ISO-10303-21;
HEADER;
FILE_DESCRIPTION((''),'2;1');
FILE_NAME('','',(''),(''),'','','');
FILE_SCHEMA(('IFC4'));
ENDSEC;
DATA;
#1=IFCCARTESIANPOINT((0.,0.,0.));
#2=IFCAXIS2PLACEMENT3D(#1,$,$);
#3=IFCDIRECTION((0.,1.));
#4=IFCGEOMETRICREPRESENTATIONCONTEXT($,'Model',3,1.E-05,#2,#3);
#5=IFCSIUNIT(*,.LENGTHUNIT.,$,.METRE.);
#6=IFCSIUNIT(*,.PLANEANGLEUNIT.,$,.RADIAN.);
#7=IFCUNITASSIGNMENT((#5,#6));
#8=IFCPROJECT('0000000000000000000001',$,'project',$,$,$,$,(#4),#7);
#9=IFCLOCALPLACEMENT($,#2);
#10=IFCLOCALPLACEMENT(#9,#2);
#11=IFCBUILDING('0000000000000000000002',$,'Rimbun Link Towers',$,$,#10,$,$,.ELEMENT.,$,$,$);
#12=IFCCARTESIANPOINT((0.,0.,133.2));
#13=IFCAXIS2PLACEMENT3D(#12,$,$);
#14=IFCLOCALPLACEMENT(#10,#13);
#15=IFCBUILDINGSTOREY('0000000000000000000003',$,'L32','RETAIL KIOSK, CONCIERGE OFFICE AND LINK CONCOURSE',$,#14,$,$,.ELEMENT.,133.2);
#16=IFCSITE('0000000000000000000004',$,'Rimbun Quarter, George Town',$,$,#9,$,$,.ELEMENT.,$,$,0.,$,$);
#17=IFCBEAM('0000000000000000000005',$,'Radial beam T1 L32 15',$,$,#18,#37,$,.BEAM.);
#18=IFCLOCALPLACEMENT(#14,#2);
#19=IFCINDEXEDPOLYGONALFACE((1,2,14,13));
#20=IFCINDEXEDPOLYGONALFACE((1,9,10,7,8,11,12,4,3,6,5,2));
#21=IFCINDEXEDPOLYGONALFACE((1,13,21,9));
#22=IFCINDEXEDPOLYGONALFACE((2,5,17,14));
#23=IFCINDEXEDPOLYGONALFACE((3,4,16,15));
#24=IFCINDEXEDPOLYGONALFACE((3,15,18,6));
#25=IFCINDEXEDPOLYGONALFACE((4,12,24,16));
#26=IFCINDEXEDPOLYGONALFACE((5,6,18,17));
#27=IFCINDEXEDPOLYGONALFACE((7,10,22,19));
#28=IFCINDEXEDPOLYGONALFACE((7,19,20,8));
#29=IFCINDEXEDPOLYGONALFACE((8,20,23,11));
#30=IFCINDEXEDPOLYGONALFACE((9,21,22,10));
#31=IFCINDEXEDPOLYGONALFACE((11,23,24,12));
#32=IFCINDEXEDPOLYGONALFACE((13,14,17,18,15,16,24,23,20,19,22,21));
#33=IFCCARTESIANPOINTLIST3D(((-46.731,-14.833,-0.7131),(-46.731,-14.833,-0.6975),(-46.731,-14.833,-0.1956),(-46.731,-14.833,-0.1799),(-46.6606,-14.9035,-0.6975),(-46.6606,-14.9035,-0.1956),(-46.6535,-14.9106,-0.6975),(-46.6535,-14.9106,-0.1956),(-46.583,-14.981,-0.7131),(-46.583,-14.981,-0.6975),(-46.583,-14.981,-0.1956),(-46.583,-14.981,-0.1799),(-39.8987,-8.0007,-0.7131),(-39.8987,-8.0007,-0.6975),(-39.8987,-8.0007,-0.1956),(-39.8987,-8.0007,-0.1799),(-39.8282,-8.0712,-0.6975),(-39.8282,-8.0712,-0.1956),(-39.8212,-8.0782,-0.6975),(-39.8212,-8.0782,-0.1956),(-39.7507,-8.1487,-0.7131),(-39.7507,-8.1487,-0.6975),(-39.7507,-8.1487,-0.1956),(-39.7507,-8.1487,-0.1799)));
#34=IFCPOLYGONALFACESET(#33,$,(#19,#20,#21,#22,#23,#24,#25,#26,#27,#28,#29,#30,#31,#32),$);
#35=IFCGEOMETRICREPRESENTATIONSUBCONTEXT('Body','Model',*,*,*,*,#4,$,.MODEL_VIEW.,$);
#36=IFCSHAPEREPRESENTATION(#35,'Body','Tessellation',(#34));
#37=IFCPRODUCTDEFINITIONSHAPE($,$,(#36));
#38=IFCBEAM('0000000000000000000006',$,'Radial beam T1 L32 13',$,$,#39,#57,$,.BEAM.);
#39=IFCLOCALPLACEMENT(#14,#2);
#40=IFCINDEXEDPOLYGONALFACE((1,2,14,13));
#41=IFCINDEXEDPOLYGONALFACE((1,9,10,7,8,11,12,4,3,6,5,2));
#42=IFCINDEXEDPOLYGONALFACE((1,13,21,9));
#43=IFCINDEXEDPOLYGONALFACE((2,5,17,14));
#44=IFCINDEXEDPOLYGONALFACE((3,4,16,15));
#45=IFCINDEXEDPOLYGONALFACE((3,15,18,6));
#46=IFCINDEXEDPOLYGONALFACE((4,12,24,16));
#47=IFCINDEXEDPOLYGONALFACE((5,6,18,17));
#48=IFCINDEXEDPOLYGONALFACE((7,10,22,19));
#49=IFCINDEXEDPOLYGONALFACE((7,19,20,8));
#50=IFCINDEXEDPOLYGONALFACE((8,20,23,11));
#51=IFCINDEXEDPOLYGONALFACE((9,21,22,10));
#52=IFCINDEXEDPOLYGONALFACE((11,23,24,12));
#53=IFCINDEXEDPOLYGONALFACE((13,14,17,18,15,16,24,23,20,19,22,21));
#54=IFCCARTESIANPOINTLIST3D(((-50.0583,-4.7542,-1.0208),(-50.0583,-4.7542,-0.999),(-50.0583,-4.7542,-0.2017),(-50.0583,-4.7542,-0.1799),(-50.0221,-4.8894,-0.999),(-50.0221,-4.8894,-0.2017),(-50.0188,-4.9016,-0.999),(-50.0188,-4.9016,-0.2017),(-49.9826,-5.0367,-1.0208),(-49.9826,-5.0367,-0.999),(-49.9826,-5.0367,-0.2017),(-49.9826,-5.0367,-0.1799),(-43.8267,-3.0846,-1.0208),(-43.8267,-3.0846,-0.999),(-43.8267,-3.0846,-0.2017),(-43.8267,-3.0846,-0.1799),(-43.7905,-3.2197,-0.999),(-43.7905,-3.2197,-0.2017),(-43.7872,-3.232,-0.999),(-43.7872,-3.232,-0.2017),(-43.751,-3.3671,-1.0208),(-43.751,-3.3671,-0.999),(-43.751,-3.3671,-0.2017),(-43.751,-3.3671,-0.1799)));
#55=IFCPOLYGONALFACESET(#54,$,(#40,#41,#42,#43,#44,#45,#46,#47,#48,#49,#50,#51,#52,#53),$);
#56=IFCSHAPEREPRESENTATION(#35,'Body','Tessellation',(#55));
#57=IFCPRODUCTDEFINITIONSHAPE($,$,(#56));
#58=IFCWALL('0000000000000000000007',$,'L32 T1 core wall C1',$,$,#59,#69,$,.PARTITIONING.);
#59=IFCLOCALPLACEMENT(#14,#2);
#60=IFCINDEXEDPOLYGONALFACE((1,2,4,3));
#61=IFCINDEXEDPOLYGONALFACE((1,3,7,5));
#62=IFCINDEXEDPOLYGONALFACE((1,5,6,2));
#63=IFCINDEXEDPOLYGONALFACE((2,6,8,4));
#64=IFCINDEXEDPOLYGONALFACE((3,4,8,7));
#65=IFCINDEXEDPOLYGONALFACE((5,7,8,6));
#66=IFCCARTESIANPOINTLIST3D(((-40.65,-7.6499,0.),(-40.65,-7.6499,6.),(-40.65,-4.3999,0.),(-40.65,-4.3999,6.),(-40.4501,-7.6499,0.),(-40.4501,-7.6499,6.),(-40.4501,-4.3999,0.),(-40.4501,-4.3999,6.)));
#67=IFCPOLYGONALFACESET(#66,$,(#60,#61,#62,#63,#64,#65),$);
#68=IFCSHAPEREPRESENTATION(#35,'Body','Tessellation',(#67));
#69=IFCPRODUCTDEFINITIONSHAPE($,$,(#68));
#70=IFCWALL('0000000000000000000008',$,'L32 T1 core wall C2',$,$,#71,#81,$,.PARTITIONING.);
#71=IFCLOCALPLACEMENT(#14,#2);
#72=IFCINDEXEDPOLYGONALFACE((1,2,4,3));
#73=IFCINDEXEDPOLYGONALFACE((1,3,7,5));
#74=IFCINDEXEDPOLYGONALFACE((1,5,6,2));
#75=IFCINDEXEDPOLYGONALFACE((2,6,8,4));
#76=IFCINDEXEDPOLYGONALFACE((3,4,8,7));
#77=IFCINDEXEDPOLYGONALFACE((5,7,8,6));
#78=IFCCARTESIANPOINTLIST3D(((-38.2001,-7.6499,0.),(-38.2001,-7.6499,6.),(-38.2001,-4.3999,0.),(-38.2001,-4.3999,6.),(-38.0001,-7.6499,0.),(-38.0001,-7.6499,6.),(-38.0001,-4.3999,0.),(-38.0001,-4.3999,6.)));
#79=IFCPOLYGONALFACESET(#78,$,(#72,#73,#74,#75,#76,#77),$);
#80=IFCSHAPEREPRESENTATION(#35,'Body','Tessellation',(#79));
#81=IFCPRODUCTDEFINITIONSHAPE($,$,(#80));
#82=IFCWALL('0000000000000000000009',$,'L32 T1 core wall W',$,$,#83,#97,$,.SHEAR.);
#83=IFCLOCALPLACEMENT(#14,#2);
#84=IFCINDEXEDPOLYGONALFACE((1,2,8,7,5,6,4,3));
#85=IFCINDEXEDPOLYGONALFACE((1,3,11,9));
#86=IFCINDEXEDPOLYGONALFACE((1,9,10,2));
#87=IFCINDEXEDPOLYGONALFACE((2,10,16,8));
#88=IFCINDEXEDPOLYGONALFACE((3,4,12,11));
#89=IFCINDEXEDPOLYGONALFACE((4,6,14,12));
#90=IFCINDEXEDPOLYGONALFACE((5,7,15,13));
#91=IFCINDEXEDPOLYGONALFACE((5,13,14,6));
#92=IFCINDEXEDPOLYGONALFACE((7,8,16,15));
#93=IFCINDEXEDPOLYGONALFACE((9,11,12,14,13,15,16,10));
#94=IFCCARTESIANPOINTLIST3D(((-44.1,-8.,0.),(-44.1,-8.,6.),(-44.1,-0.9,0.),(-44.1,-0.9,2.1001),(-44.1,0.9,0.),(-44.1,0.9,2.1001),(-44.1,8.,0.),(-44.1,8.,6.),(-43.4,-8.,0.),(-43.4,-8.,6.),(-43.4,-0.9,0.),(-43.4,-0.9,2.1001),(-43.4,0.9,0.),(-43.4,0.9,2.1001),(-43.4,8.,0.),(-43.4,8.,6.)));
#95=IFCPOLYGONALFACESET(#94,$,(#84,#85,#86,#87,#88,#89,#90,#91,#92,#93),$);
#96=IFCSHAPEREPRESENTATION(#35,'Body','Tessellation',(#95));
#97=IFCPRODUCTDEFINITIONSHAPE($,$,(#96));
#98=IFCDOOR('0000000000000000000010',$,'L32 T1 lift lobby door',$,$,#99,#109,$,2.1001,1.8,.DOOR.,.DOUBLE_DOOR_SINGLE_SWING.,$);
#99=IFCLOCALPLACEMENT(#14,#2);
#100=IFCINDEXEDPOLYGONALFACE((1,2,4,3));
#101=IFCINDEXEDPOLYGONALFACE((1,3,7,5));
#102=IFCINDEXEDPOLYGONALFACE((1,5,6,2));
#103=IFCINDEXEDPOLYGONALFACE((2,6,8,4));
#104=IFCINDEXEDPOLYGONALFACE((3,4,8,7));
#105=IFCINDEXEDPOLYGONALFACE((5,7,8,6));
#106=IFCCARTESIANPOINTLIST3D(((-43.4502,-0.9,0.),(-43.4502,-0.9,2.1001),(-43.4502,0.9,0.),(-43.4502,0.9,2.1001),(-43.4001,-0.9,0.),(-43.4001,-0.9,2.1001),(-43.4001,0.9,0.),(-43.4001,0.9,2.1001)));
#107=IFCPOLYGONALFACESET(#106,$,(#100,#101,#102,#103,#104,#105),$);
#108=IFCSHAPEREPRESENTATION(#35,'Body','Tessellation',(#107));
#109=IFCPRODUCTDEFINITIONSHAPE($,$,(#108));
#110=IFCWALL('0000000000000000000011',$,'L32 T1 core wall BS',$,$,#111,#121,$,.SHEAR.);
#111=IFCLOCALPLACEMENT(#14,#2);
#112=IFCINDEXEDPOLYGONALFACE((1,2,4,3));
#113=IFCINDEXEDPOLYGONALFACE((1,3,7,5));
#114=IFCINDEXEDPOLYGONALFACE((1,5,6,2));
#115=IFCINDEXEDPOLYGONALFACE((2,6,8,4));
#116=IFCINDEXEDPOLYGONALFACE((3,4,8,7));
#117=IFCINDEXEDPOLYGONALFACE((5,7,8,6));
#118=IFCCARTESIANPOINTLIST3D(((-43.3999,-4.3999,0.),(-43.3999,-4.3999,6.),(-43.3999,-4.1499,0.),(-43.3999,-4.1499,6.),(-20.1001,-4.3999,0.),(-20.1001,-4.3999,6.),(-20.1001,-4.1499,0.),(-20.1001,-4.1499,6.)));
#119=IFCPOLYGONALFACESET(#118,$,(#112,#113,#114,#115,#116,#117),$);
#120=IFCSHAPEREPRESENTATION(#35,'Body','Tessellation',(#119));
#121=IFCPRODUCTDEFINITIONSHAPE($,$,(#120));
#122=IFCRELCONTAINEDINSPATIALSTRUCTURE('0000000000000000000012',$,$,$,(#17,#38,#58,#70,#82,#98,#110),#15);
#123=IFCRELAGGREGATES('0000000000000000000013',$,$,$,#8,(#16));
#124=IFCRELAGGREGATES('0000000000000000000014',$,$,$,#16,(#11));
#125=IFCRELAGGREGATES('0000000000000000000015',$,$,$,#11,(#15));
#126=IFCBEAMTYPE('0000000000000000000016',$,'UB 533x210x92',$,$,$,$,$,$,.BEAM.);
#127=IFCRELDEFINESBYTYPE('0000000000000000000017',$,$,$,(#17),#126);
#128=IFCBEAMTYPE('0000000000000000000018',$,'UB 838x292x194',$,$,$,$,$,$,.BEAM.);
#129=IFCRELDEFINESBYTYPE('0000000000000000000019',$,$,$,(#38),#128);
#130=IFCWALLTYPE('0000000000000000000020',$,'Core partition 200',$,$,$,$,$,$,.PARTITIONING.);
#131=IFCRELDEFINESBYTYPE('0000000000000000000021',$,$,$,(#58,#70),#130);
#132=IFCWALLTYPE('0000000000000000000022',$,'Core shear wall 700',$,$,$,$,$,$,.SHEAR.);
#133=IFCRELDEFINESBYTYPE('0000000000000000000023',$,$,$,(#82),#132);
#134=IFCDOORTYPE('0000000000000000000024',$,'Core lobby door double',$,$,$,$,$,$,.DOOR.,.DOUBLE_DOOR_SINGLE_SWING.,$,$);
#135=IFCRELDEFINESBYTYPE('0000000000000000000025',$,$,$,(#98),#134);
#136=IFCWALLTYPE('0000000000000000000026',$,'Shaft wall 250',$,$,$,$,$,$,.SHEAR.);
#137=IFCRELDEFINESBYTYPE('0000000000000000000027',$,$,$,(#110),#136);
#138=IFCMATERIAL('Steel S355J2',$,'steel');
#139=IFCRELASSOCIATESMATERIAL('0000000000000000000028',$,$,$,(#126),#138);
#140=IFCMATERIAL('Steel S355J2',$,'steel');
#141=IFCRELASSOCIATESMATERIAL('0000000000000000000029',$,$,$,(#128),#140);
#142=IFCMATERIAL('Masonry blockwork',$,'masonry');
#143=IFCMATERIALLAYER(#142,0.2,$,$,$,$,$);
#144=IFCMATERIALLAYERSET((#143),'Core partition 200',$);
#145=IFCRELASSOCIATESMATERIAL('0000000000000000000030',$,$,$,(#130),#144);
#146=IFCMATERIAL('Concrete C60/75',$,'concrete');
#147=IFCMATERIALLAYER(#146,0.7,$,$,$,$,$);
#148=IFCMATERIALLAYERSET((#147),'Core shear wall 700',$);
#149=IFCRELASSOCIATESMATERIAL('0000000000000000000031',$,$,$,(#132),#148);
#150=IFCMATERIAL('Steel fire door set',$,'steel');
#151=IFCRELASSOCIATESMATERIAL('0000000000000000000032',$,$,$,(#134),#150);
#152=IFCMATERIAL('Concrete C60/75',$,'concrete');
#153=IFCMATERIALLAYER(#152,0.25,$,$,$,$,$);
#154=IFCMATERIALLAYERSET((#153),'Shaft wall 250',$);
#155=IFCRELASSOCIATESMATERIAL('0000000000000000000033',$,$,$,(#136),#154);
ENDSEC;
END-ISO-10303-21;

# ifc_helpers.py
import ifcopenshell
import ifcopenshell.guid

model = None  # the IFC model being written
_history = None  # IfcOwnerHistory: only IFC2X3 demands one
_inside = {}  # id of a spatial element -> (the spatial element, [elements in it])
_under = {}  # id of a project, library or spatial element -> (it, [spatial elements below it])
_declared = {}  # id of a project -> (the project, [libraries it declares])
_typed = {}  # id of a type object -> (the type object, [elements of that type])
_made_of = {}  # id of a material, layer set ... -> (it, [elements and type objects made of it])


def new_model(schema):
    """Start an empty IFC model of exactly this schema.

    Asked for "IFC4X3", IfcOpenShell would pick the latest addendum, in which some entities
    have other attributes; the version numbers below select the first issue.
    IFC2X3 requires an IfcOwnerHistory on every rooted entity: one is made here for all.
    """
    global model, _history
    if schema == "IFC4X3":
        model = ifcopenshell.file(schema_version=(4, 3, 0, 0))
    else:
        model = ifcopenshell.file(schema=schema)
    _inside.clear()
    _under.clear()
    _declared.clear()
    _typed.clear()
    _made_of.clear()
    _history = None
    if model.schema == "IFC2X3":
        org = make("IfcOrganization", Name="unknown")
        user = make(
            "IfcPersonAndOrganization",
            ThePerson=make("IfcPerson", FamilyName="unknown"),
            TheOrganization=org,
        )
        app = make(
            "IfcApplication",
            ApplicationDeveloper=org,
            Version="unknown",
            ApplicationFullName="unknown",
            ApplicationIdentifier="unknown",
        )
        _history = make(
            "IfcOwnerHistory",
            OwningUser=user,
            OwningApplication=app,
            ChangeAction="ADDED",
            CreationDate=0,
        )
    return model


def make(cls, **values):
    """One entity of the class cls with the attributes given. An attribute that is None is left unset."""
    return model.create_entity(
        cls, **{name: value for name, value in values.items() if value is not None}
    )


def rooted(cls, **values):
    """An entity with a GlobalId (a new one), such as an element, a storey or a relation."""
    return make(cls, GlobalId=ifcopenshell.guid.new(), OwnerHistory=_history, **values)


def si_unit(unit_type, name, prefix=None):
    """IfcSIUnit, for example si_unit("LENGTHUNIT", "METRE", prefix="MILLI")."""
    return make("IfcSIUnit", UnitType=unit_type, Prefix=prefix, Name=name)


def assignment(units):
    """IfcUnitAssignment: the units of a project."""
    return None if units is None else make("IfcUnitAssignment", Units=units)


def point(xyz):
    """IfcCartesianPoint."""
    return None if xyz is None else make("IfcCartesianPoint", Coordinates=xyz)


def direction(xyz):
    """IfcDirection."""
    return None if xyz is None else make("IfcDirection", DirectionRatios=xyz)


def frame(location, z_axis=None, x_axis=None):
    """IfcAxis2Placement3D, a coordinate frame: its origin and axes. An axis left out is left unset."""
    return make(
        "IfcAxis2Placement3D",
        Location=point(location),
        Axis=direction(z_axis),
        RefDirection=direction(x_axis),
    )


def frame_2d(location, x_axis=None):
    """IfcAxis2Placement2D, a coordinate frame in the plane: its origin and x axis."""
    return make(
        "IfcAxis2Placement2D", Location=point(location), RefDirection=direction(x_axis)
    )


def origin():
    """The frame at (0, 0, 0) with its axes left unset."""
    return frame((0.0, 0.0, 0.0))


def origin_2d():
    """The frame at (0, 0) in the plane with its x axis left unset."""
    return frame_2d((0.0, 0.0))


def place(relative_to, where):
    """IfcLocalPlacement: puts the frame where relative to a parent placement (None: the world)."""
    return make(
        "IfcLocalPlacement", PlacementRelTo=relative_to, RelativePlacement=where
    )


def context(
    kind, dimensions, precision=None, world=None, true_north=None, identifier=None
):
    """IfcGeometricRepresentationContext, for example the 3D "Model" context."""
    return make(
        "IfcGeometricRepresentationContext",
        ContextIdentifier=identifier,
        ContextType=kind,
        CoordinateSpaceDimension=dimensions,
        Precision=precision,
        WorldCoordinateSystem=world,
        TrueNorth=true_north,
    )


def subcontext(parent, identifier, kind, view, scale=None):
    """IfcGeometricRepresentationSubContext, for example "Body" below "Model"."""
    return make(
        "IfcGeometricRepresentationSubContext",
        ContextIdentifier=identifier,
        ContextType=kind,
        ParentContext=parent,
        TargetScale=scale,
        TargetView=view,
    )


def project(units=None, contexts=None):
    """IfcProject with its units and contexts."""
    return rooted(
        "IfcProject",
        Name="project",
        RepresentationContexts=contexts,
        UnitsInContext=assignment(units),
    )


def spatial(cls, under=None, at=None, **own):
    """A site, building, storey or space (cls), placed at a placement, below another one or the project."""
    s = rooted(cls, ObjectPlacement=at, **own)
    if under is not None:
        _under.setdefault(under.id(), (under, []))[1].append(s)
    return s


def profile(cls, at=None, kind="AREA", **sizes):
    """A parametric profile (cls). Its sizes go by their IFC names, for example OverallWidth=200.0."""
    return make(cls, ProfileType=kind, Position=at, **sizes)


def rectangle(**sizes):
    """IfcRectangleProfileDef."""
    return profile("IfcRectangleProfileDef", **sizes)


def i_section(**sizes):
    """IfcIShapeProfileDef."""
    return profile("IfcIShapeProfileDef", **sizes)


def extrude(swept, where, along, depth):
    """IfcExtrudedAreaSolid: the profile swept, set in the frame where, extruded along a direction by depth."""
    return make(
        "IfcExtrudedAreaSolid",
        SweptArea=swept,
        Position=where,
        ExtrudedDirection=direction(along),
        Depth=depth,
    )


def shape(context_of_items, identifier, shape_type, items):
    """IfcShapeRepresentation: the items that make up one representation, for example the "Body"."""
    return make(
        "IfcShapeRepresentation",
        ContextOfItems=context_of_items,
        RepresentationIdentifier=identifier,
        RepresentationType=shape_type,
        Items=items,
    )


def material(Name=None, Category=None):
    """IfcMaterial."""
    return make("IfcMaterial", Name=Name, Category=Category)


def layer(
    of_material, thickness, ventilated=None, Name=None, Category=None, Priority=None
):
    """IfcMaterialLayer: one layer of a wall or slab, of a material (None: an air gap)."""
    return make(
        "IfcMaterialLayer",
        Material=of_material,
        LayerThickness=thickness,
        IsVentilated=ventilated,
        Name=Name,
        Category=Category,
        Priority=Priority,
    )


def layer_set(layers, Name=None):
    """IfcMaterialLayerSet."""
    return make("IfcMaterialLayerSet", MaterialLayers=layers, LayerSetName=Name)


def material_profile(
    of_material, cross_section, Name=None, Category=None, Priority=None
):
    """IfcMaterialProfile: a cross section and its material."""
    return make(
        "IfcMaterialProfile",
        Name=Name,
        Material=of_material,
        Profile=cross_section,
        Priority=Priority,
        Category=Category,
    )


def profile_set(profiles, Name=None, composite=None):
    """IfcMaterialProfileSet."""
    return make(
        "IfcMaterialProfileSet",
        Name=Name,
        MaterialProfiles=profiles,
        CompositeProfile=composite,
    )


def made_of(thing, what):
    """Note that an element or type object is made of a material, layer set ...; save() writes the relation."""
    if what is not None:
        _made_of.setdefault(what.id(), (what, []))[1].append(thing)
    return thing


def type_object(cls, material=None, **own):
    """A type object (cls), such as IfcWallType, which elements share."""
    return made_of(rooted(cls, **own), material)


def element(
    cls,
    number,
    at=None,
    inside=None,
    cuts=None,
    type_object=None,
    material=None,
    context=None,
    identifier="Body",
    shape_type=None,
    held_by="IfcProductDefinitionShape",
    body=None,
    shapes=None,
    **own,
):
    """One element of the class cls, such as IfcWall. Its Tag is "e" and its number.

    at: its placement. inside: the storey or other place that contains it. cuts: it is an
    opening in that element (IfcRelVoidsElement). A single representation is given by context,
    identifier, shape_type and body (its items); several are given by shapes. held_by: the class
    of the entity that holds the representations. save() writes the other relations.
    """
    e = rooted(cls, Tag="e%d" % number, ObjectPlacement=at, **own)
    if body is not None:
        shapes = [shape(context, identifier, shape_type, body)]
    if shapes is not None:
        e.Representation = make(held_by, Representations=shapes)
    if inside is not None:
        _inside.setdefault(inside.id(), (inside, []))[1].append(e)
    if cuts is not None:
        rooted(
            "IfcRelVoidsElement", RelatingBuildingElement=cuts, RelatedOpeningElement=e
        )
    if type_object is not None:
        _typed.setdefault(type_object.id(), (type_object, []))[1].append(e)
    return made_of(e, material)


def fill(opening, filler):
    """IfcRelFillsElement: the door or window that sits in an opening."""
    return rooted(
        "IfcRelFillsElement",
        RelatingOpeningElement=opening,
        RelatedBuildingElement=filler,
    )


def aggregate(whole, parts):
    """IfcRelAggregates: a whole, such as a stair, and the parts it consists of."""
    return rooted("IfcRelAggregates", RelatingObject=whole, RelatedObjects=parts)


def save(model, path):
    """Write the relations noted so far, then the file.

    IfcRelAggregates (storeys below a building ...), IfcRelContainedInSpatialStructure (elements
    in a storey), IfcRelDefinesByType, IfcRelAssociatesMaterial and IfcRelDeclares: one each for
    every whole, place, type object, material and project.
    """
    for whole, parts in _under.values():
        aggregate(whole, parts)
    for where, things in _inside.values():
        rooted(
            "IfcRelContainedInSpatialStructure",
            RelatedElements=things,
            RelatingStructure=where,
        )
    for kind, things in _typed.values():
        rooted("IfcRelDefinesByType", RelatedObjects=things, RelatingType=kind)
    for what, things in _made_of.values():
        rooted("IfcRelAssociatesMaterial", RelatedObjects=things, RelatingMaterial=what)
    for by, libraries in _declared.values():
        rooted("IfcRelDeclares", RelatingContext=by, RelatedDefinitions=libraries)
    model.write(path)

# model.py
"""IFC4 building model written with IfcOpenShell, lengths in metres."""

from ifc_helpers import new_model, si_unit, direction, frame, frame_2d, origin, origin_2d, place, context, subcontext, project, spatial, rectangle, i_section, extrude, material, layer, layer_set, material_profile, profile_set, type_object, element, fill, save


model = new_model("IFC4")

# Units and contexts
model_context = context("Model", 3, precision=1e-05, world=origin(), true_north=direction((0.0, 1.0)))
body_context = subcontext(model_context, "Body", "Model", "MODEL_VIEW")
ifc_project = project(units=[si_unit("LENGTHUNIT", "METRE"), si_unit("PLANEANGLEUNIT", "RADIAN")], contexts=[model_context])

# Site, building, storey
site_placement = place(None, origin())
site = spatial("IfcSite", under=ifc_project, at=site_placement, Name="Rimbun Quarter, George Town", CompositionType="ELEMENT", RefElevation=0.0)
building_placement = place(site_placement, origin())
building = spatial("IfcBuilding", under=site, at=building_placement, Name="Rimbun Link Towers", CompositionType="ELEMENT")
storey_placement = place(building_placement, frame((0.0, 0.0, 133.2)))
storey = spatial("IfcBuildingStorey", under=building, at=storey_placement, Name="L32", Description="RETAIL KIOSK, CONCIERGE OFFICE AND LINK CONCOURSE", CompositionType="ELEMENT", Elevation=133.2)

# Beams
ifc_material_1 = material(Name="Steel S355J2", Category="steel")
ifc_material_profile_1 = material_profile(ifc_material_1, i_section(OverallWidth=0.2092, OverallDepth=0.5332, WebThickness=0.01, FlangeThickness=0.0156, at=origin_2d()), Name="UB 533x210x92")
ifc_profile_set_1 = profile_set([ifc_material_profile_1], Name="Steel S355J2")
beam_type_1 = type_object("IfcBeamType", Name="UB 533x210x92", PredefinedType="BEAM", material=ifc_profile_set_1)
beam_1_placement = place(storey_placement, frame((-39.8247, -8.0747, -0.4465), z_axis=(-0.707107, -0.707107, 0.0), x_axis=(0.707107, -0.707107, 0.0)))
element("IfcBeam", 1, at=beam_1_placement, inside=storey, type_object=beam_type_1, Name="Radial beam T1 L32 15", PredefinedType="BEAM", context=body_context, shape_type="SweptSolid", body=[
    extrude(i_section(OverallWidth=0.2092, OverallDepth=0.5332, WebThickness=0.01, FlangeThickness=0.0156, at=origin_2d()), origin(), (0.0, 0.0, 1.0), 9.6624),
])
ifc_material_2 = material(Name="Steel S355J2", Category="steel")
ifc_material_profile_2 = material_profile(ifc_material_2, i_section(OverallWidth=0.2925, OverallDepth=0.8408, WebThickness=0.0127, FlangeThickness=0.0217, at=origin_2d()), Name="UB 838x292x194")
ifc_profile_set_2 = profile_set([ifc_material_profile_2], Name="Steel S355J2")
beam_type_2 = type_object("IfcBeamType", Name="UB 838x292x194", PredefinedType="BEAM", material=ifc_profile_set_2)
beam_2_placement = place(storey_placement, frame((-43.7888, -3.2258, -0.6003), z_axis=(-0.96593, -0.258805, 0.0), x_axis=(0.258805, -0.96593, 0.0)))
element("IfcBeam", 2, at=beam_2_placement, inside=storey, type_object=beam_type_2, Name="Radial beam T1 L32 13", PredefinedType="BEAM", context=body_context, shape_type="SweptSolid", body=[
    extrude(i_section(OverallWidth=0.2925, OverallDepth=0.8408, WebThickness=0.0127, FlangeThickness=0.0217, at=origin_2d()), origin(), (0.0, 0.0, 1.0), 6.4514),
])

# Walls
ifc_material_3 = material(Name="Masonry blockwork", Category="masonry")
ifc_layer_1 = layer(ifc_material_3, 0.2)
ifc_layer_set_1 = layer_set([ifc_layer_1], Name="Core partition 200")
wall_type_1 = type_object("IfcWallType", Name="Core partition 200", PredefinedType="PARTITIONING", material=ifc_layer_set_1)
for number, where, z_axis, x_axis, name in (
    (3, (-40.55, -4.3999, 0.0), (0.0, 0.0, 1.0), (0.0, -1.0, 0.0), "L32 T1 core wall C1"),
    (4, (-38.1001, -4.3999, 0.0), (0.0, 0.0, 1.0), (0.0, -1.0, 0.0), "L32 T1 core wall C2"),
):
    element("IfcWall", number, at=place(storey_placement, frame(where, z_axis=z_axis, x_axis=x_axis)), inside=storey, type_object=wall_type_1, Name=name, PredefinedType="PARTITIONING", context=body_context, shape_type="SweptSolid", body=[
        extrude(rectangle(XDim=3.25, YDim=0.2, at=frame_2d((1.625, 0.0))), origin(), (0.0, 0.0, 1.0), 6.0),
    ])

# Wall, opening, door
ifc_material_4 = material(Name="Concrete C60/75", Category="concrete")
ifc_layer_2 = layer(ifc_material_4, 0.7)
ifc_layer_set_2 = layer_set([ifc_layer_2], Name="Core shear wall 700")
wall_type_2 = type_object("IfcWallType", Name="Core shear wall 700", PredefinedType="SHEAR", material=ifc_layer_set_2)
wall_1_placement = place(storey_placement, frame((-43.75, -8.0, 0.0), z_axis=(0.0, 0.0, 1.0), x_axis=(0.0, 1.0, 0.0)))
wall_1 = element("IfcWall", 5, at=wall_1_placement, inside=storey, type_object=wall_type_2, Name="L32 T1 core wall W", PredefinedType="SHEAR", context=body_context, shape_type="SweptSolid", body=[
    extrude(rectangle(XDim=16.0, YDim=0.7, at=frame_2d((8.0, 0.0))), origin(), (0.0, 0.0, 1.0), 6.0),
])
opening_1_placement = place(wall_1_placement, frame((7.1001, 0.0, 0.0)))
opening_1 = element("IfcOpeningElement", 6, at=opening_1_placement, cuts=wall_1, PredefinedType="OPENING", context=body_context, shape_type="SweptSolid", body=[
    extrude(rectangle(XDim=1.8, YDim=2.1001, at=frame_2d((0.8999, 1.05))), frame((0.0, 0.3599, 0.0), z_axis=(0.0, -1.0, 0.0), x_axis=(1.0, 0.0, 0.0)), (0.0, 0.0, 1.0), 0.72),
])
ifc_material_5 = material(Name="Steel fire door set", Category="steel")
door_type_1 = type_object("IfcDoorType", Name="Core lobby door double", OperationType="DOUBLE_DOOR_SINGLE_SWING", PredefinedType="DOOR", material=ifc_material_5)
door_1_placement = place(opening_1_placement, origin())
door_1 = element("IfcDoor", 7, at=door_1_placement, inside=storey, type_object=door_type_1, Name="L32 T1 lift lobby door", OperationType="DOUBLE_DOOR_SINGLE_SWING", OverallHeight=2.1001, OverallWidth=1.8, PredefinedType="DOOR", context=body_context, shape_type="SweptSolid", body=[
    extrude(rectangle(XDim=1.8, YDim=2.1001, at=frame_2d((0.8999, 1.05))), frame((0.0, -0.2998, 0.0), z_axis=(0.0, -1.0, 0.0), x_axis=(1.0, 0.0, 0.0)), (0.0, 0.0, 1.0), 0.05),
])
fill(opening_1, door_1)

# Wall
ifc_material_6 = material(Name="Concrete C60/75", Category="concrete")
ifc_layer_3 = layer(ifc_material_6, 0.25)
ifc_layer_set_3 = layer_set([ifc_layer_3], Name="Shaft wall 250")
wall_type_3 = type_object("IfcWallType", Name="Shaft wall 250", PredefinedType="SHEAR", material=ifc_layer_set_3)
wall_2_placement = place(storey_placement, frame((-43.3999, -4.2749, 0.0), z_axis=(0.0, 0.0, 1.0), x_axis=(1.0, 0.0, 0.0)))
element("IfcWall", 8, at=wall_2_placement, inside=storey, type_object=wall_type_3, Name="L32 T1 core wall BS", PredefinedType="SHEAR", context=body_context, shape_type="SweptSolid", body=[
    extrude(rectangle(XDim=23.2998, YDim=0.25, at=frame_2d((11.6499, 0.0))), origin(), (0.0, 0.0, 1.0), 6.0),
])

save(model, "model.ifc")
